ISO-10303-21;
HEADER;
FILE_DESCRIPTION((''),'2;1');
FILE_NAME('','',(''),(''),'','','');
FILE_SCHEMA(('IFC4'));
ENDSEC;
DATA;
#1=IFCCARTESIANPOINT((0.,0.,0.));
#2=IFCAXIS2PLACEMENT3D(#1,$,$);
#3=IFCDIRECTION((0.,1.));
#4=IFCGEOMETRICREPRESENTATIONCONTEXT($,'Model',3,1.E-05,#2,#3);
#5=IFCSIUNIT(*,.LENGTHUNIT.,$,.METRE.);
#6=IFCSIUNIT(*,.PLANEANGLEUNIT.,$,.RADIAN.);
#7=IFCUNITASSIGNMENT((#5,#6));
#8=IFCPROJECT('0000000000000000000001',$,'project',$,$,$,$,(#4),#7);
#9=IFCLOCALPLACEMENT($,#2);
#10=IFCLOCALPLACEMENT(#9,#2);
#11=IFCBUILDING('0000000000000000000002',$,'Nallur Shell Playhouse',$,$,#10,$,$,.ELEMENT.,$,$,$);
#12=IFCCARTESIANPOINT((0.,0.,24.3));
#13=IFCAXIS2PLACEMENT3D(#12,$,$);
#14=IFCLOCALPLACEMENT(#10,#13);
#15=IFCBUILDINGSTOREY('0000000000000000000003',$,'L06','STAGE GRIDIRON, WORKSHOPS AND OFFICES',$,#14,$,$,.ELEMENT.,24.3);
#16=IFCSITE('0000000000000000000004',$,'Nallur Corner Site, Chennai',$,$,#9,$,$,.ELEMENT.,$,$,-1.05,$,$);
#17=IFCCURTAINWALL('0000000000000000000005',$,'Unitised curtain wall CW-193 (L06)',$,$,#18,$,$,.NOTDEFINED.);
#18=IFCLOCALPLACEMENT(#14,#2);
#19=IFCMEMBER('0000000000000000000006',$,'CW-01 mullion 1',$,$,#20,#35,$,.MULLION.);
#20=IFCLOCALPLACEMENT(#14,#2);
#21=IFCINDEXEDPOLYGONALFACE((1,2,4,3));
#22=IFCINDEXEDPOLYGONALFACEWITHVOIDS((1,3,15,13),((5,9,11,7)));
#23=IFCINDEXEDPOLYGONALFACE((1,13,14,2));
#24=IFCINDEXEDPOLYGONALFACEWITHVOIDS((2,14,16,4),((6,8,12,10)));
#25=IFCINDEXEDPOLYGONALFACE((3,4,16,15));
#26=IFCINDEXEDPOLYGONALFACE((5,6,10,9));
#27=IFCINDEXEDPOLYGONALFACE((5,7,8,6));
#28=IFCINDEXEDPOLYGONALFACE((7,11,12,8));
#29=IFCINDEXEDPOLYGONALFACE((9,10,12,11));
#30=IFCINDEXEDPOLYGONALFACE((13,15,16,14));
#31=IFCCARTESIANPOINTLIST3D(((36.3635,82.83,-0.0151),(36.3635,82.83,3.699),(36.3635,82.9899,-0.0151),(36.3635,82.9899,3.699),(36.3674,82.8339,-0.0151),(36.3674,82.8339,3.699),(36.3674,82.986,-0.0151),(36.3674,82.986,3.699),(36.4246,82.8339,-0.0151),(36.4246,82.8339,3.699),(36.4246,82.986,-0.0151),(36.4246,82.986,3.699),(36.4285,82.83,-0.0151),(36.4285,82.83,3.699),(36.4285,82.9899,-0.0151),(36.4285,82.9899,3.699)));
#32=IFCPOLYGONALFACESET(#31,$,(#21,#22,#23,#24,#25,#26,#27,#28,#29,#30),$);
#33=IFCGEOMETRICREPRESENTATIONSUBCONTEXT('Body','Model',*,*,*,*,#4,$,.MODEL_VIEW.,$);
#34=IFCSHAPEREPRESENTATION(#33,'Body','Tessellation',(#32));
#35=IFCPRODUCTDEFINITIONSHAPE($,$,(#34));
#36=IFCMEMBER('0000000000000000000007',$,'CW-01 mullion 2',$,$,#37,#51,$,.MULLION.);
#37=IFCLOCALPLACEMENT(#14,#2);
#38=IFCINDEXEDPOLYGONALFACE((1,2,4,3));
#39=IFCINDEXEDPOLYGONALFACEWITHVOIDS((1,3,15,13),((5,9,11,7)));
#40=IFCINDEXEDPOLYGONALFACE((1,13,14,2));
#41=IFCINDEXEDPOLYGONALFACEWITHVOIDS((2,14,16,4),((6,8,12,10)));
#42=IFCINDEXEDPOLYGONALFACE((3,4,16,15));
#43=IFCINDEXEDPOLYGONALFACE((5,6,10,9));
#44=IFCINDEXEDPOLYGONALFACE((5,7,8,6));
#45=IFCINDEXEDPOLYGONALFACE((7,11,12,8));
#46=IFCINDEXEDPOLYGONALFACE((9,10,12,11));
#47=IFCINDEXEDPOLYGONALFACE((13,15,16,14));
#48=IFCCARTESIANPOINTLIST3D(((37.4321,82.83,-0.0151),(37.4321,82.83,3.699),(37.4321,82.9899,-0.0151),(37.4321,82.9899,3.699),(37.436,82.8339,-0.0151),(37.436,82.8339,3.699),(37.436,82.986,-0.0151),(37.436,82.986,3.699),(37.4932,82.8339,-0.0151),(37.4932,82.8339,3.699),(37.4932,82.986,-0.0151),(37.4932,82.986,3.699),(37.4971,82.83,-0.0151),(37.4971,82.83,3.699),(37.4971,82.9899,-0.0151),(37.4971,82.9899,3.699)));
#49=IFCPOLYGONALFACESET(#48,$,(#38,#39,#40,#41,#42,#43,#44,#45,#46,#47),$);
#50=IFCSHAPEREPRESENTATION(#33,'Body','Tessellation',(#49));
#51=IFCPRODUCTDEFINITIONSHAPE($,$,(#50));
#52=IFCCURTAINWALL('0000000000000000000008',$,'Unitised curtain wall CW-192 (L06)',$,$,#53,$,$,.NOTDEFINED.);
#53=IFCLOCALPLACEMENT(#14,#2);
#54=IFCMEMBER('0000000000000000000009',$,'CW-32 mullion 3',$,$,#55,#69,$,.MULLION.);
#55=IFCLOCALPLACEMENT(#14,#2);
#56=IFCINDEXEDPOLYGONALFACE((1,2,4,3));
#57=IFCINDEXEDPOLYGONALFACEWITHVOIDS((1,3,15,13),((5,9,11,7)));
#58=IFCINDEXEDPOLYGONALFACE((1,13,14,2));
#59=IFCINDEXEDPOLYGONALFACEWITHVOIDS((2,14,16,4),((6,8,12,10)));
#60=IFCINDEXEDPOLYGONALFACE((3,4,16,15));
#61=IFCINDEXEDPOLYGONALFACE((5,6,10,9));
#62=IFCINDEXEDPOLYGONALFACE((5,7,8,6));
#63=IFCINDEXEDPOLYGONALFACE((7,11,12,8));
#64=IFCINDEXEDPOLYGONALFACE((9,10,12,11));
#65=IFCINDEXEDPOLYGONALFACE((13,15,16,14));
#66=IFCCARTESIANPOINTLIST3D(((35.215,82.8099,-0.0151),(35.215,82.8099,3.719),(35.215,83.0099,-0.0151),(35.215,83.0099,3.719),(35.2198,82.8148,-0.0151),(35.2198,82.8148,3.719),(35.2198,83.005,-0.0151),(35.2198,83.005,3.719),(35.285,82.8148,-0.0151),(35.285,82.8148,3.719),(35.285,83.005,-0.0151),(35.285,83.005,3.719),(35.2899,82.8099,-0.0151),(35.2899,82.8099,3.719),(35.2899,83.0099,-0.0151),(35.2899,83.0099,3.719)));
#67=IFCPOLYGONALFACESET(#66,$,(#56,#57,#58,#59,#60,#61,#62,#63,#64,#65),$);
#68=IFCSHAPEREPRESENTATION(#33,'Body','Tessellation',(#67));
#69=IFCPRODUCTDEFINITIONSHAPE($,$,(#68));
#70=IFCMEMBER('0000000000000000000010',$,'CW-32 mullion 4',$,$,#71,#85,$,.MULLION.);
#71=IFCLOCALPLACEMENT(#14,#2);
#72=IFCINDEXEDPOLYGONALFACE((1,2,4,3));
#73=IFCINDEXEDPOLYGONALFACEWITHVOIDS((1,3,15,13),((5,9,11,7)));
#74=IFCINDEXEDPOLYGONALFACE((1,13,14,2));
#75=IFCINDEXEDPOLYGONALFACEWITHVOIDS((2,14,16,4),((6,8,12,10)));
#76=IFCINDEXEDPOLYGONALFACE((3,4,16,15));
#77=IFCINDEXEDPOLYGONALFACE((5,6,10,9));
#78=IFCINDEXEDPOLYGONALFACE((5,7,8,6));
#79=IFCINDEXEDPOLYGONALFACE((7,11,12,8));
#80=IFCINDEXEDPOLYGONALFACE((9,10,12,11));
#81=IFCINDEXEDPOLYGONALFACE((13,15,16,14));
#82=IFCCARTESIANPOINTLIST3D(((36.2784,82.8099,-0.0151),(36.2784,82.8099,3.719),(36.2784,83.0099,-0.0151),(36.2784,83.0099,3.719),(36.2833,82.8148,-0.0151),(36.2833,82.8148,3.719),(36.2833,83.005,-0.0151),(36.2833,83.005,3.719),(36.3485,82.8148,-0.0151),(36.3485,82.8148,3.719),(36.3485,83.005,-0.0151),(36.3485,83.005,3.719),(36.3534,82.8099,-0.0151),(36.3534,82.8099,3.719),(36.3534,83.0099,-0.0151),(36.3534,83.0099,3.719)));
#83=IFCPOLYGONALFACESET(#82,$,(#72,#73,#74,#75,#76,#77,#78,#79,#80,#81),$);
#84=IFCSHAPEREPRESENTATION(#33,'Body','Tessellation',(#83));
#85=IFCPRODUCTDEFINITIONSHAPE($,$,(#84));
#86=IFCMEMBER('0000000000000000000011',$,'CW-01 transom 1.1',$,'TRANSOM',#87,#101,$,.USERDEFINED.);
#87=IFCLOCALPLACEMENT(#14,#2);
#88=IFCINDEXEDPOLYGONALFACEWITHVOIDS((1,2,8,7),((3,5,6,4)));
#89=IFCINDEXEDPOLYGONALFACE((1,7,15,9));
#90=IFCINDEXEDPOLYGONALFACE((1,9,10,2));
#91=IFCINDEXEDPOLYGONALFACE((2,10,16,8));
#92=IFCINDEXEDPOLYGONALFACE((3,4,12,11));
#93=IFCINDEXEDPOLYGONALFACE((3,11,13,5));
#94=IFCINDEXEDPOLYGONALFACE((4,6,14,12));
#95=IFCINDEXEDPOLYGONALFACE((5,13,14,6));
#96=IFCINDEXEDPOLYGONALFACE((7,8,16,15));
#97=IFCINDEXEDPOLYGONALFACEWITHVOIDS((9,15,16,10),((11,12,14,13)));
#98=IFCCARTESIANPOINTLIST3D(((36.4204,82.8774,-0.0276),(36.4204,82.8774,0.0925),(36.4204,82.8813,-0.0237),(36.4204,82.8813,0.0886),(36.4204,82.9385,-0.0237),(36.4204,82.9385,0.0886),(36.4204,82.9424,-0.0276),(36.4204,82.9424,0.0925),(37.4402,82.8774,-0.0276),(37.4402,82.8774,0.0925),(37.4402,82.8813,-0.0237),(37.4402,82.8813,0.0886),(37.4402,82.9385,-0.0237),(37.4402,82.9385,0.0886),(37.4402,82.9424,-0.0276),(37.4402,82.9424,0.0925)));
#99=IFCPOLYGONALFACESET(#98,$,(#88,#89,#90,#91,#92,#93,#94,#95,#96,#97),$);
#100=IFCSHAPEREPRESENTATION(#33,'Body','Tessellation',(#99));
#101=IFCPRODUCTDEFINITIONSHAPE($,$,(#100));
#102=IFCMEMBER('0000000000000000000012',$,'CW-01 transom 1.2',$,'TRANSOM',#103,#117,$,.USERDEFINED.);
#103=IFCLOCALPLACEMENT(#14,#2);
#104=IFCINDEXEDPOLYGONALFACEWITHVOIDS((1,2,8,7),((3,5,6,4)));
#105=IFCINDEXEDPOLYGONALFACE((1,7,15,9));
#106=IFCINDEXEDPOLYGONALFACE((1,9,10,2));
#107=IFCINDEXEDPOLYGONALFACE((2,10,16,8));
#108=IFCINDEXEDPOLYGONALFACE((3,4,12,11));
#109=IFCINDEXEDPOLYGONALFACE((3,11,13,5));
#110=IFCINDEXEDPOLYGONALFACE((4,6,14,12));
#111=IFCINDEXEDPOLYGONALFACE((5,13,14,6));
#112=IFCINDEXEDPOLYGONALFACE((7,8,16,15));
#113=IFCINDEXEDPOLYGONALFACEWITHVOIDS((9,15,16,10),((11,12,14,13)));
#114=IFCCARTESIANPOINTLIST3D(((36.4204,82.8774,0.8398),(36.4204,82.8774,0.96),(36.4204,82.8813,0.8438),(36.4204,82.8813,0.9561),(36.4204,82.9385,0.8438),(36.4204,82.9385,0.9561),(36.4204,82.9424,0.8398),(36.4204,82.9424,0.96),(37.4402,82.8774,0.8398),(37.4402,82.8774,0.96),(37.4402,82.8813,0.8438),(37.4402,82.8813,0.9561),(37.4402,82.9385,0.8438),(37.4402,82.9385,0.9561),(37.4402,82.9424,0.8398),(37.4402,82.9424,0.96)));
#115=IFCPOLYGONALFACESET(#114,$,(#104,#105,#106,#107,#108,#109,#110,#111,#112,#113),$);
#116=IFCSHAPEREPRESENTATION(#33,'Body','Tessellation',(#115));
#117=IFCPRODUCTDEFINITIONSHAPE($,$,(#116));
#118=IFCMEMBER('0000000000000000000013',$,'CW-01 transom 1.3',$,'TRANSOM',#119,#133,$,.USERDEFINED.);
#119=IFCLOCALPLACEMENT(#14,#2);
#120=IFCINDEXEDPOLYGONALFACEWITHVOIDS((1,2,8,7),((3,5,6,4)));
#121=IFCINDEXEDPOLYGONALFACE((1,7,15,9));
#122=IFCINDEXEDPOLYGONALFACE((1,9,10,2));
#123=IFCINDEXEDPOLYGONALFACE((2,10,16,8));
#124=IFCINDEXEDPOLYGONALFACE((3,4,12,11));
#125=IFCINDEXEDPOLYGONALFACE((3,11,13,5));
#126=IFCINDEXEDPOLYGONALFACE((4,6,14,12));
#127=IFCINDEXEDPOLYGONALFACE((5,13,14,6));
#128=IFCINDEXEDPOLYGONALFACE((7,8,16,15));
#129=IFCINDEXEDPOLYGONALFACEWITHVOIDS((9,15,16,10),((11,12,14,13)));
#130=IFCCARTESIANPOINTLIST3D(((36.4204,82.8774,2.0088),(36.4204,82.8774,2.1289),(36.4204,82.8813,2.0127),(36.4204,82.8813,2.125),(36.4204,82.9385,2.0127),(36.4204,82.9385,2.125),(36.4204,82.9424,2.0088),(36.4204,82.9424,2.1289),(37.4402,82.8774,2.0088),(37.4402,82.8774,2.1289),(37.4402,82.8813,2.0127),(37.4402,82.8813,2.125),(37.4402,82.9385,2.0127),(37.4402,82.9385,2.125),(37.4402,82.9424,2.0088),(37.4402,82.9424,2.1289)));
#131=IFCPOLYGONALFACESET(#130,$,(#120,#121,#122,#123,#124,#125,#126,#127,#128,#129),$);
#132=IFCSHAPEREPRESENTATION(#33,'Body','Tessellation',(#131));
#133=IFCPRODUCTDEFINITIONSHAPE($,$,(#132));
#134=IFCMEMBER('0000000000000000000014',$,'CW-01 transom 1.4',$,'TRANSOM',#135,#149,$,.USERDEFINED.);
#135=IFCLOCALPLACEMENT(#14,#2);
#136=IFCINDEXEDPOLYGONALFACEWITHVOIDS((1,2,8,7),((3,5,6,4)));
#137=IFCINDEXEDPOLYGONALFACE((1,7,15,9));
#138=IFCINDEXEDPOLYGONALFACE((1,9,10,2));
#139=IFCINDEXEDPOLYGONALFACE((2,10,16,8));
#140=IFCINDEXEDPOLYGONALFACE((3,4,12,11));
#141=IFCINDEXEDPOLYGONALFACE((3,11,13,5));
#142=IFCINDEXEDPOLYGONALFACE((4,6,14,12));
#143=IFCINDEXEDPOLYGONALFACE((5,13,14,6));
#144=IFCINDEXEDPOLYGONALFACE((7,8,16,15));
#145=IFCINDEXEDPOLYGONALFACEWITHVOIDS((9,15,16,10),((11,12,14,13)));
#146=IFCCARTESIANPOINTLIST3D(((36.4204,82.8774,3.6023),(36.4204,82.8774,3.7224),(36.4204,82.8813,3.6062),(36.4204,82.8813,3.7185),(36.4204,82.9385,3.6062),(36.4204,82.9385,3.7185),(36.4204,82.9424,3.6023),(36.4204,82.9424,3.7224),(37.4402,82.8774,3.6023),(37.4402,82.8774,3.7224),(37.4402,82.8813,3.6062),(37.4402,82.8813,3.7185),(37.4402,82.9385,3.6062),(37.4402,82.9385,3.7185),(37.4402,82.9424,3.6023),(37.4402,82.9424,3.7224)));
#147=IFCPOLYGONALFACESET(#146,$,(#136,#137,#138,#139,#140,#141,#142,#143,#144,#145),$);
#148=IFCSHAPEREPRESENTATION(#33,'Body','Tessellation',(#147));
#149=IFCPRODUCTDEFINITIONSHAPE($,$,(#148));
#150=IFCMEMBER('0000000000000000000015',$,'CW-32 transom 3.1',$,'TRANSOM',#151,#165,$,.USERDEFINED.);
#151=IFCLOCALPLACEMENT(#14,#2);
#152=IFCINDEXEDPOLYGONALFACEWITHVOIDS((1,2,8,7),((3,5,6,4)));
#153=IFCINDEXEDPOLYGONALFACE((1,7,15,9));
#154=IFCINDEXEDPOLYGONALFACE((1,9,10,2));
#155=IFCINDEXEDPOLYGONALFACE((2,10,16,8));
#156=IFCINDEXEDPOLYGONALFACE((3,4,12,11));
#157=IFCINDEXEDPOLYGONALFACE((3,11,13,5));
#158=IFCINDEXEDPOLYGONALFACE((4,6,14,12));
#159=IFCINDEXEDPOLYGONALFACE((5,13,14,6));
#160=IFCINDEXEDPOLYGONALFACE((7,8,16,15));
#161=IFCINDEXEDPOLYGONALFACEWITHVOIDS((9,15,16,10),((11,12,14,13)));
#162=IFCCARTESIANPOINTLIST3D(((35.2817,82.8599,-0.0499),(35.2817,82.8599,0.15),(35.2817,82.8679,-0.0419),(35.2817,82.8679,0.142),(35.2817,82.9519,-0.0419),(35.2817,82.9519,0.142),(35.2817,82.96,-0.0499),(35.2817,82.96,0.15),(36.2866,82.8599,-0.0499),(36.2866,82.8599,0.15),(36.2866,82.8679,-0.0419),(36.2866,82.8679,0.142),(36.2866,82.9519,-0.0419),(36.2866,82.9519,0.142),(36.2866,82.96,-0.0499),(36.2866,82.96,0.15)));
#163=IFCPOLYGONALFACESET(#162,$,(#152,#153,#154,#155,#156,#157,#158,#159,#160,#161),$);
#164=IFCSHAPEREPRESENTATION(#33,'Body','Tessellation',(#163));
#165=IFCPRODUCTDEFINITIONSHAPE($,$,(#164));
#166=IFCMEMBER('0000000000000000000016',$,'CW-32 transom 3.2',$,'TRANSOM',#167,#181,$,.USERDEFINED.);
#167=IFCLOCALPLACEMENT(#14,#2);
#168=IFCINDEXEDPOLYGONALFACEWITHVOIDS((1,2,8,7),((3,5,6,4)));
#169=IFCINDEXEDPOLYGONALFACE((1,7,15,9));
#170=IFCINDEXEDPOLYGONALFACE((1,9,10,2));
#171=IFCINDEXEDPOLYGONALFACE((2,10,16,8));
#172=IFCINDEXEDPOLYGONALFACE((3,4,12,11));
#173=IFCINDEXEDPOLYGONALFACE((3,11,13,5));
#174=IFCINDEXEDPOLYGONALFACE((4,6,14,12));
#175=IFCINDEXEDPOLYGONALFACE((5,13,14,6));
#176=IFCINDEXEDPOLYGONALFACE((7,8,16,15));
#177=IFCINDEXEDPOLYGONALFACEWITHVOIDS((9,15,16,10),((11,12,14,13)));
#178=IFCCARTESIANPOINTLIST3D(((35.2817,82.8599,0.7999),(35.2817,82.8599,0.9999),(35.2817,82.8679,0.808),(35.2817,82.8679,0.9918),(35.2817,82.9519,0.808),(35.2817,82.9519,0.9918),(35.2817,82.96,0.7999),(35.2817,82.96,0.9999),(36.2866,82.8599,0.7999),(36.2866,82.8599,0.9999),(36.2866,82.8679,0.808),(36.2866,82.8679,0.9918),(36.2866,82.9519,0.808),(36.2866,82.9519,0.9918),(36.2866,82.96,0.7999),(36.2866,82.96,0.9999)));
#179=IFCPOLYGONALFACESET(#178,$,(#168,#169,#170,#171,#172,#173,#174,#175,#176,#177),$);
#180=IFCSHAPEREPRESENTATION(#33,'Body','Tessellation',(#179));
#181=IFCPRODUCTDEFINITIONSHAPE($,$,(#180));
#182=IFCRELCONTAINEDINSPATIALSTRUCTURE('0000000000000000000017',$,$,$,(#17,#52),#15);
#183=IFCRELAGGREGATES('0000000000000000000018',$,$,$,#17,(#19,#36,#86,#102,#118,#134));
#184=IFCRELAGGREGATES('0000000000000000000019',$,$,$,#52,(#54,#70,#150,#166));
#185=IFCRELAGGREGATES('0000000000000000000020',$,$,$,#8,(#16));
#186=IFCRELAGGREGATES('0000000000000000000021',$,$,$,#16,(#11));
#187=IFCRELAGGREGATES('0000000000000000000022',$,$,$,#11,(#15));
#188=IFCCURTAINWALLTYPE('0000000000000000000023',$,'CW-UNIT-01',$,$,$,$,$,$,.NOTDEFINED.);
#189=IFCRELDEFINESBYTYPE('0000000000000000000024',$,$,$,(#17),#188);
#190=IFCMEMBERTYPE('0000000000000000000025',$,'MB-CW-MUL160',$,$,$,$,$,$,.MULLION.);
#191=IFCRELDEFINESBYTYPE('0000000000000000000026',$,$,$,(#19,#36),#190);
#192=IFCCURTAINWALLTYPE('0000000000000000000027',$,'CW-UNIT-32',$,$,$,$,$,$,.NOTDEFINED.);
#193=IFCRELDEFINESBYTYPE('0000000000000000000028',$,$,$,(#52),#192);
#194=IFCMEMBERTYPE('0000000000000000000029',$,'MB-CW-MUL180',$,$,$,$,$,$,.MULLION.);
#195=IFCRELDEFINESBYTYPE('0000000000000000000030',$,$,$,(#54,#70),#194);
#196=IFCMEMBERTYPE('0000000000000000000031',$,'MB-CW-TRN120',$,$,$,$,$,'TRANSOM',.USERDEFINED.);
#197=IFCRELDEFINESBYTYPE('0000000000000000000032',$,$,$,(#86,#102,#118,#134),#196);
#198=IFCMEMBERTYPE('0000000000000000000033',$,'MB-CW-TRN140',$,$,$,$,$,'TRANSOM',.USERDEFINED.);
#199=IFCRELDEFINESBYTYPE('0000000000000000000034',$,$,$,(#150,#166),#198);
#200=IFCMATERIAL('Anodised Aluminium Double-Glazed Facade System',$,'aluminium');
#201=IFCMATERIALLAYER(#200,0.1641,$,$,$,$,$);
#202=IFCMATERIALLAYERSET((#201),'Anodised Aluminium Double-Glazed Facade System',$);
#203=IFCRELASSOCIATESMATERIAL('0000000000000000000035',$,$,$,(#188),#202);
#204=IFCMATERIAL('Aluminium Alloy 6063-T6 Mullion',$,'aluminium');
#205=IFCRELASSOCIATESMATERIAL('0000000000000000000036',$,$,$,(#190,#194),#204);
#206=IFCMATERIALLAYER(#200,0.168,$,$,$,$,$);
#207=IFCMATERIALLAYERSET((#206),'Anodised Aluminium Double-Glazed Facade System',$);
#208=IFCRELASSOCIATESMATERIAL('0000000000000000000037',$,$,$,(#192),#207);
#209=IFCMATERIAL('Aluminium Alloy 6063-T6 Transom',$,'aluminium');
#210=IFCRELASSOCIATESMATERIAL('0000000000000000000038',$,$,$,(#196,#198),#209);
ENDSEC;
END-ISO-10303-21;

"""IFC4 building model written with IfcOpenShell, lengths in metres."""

from ifc_helpers import new_model, si_unit, direction, frame, origin, origin_2d, place, context, subcontext, project, spatial, hollow_rectangle, extrude, material, layer, layer_set, material_profile, profile_set, type_object, element, aggregate, save


model = new_model("IFC4")

# Units and contexts
model_context = context("Model", 3, precision=1e-05, world=origin(), true_north=direction((0.0, 1.0)))
body_context = subcontext(model_context, "Body", "Model", "MODEL_VIEW")
ifc_project = project(units=[si_unit("LENGTHUNIT", "METRE"), si_unit("PLANEANGLEUNIT", "RADIAN")], contexts=[model_context])

# Site, building, storey
site_placement = place(None, origin())
site = spatial("IfcSite", under=ifc_project, at=site_placement, Name="Nallur Corner Site, Chennai", CompositionType="ELEMENT", RefElevation=-1.05)
building_placement = place(site_placement, origin())
building = spatial("IfcBuilding", under=site, at=building_placement, Name="Nallur Shell Playhouse", CompositionType="ELEMENT")
storey_placement = place(building_placement, frame((0.0, 0.0, 24.3)))
storey = spatial("IfcBuildingStorey", under=building, at=storey_placement, Name="L06", Description="STAGE GRIDIRON, WORKSHOPS AND OFFICES", CompositionType="ELEMENT", Elevation=24.3)

# Curtain walls, members
ifc_material_1 = material(Name="Anodised Aluminium Double-Glazed Facade System", Category="aluminium")
ifc_layer_1 = layer(ifc_material_1, 0.1641)
ifc_layer_set_1 = layer_set([ifc_layer_1], Name="Anodised Aluminium Double-Glazed Facade System")
curtain_wall_type_1 = type_object("IfcCurtainWallType", Name="CW-UNIT-01", PredefinedType="NOTDEFINED", material=ifc_layer_set_1)
curtain_wall_1_placement = place(storey_placement, origin())
curtain_wall_1 = element("IfcCurtainWall", 1, at=curtain_wall_1_placement, inside=storey, type_object=curtain_wall_type_1, Name="Unitised curtain wall CW-193 (L06)", PredefinedType="NOTDEFINED")
ifc_material_2 = material(Name="Aluminium Alloy 6063-T6 Mullion", Category="aluminium")
ifc_material_profile_1 = material_profile(ifc_material_2, hollow_rectangle(XDim=0.0649, YDim=0.1599, WallThickness=0.0039, at=origin_2d()), Name="ALU 65x160x4")
ifc_profile_set_1 = profile_set([ifc_material_profile_1], Name="Aluminium Alloy 6063-T6 Mullion")
member_type_1 = type_object("IfcMemberType", Name="MB-CW-MUL160", PredefinedType="MULLION", material=ifc_profile_set_1)
member_1_placement = place(storey_placement, frame((36.396, 82.9099, -0.0151), z_axis=(0.0, 0.0, 1.0), x_axis=(1.0, 0.0, 0.0)))
member_1 = element("IfcMember", 2, at=member_1_placement, type_object=member_type_1, Name="CW-01 mullion 1", PredefinedType="MULLION", context=body_context, shape_type="SweptSolid", body=[
    extrude(hollow_rectangle(XDim=0.0649, YDim=0.1599, WallThickness=0.0039, at=origin_2d()), origin(), (0.0, 0.0, 1.0), 3.7141),
])
member_2_placement = place(storey_placement, frame((37.4646, 82.9099, -0.0151), z_axis=(0.0, 0.0, 1.0), x_axis=(1.0, 0.0, 0.0)))
member_2 = element("IfcMember", 3, at=member_2_placement, type_object=member_type_1, Name="CW-01 mullion 2", PredefinedType="MULLION", context=body_context, shape_type="SweptSolid", body=[
    extrude(hollow_rectangle(XDim=0.0649, YDim=0.1599, WallThickness=0.0039, at=origin_2d()), origin(), (0.0, 0.0, 1.0), 3.7141),
])
ifc_layer_2 = layer(ifc_material_1, 0.168)
ifc_layer_set_2 = layer_set([ifc_layer_2], Name="Anodised Aluminium Double-Glazed Facade System")
curtain_wall_type_2 = type_object("IfcCurtainWallType", Name="CW-UNIT-32", PredefinedType="NOTDEFINED", material=ifc_layer_set_2)
curtain_wall_2_placement = place(storey_placement, origin())
curtain_wall_2 = element("IfcCurtainWall", 4, at=curtain_wall_2_placement, inside=storey, type_object=curtain_wall_type_2, Name="Unitised curtain wall CW-192 (L06)", PredefinedType="NOTDEFINED")
ifc_material_profile_2 = material_profile(ifc_material_2, hollow_rectangle(XDim=0.075, YDim=0.2, WallThickness=0.0049, at=origin_2d()), Name="ALU 75x200x5")
ifc_profile_set_2 = profile_set([ifc_material_profile_2], Name="Aluminium Alloy 6063-T6 Mullion")
member_type_2 = type_object("IfcMemberType", Name="MB-CW-MUL180", PredefinedType="MULLION", material=ifc_profile_set_2)
member_3_placement = place(storey_placement, frame((35.2524, 82.9099, -0.0151), z_axis=(0.0, 0.0, 1.0), x_axis=(1.0, 0.0, 0.0)))
member_3 = element("IfcMember", 5, at=member_3_placement, type_object=member_type_2, Name="CW-32 mullion 3", PredefinedType="MULLION", context=body_context, shape_type="SweptSolid", body=[
    extrude(hollow_rectangle(XDim=0.075, YDim=0.2, WallThickness=0.0049, at=origin_2d()), origin(), (0.0, 0.0, 1.0), 3.7341),
])
member_4_placement = place(storey_placement, frame((36.3159, 82.9099, -0.0151), z_axis=(0.0, 0.0, 1.0), x_axis=(1.0, 0.0, 0.0)))
member_4 = element("IfcMember", 6, at=member_4_placement, type_object=member_type_2, Name="CW-32 mullion 4", PredefinedType="MULLION", context=body_context, shape_type="SweptSolid", body=[
    extrude(hollow_rectangle(XDim=0.075, YDim=0.2, WallThickness=0.0049, at=origin_2d()), origin(), (0.0, 0.0, 1.0), 3.7341),
])

# Members
ifc_material_3 = material(Name="Aluminium Alloy 6063-T6 Transom", Category="aluminium")
ifc_material_profile_3 = material_profile(ifc_material_3, hollow_rectangle(XDim=0.0649, YDim=0.1201, WallThickness=0.0039, at=origin_2d()), Name="ALU 65x120x4")
ifc_profile_set_3 = profile_set([ifc_material_profile_3], Name="Aluminium Alloy 6063-T6 Transom")
member_type_3 = type_object("IfcMemberType", Name="MB-CW-TRN120", ElementType="TRANSOM", PredefinedType="USERDEFINED", material=ifc_profile_set_3)
member_5_placement = place(storey_placement, frame((36.4204, 82.9099, 0.0325), z_axis=(1.0, 0.0, 0.0), x_axis=(0.0, 1.0, 0.0)))
member_5 = element("IfcMember", 7, at=member_5_placement, type_object=member_type_3, Name="CW-01 transom 1.1", ObjectType="TRANSOM", PredefinedType="USERDEFINED", context=body_context, shape_type="SweptSolid", body=[
    extrude(hollow_rectangle(XDim=0.0649, YDim=0.1201, WallThickness=0.0039, at=origin_2d()), origin(), (0.0, 0.0, 1.0), 1.0198),
])
member_6_placement = place(storey_placement, frame((36.4204, 82.9099, 0.8999), z_axis=(1.0, 0.0, 0.0), x_axis=(0.0, 1.0, 0.0)))
member_6 = element("IfcMember", 8, at=member_6_placement, type_object=member_type_3, Name="CW-01 transom 1.2", ObjectType="TRANSOM", PredefinedType="USERDEFINED", context=body_context, shape_type="SweptSolid", body=[
    extrude(hollow_rectangle(XDim=0.0649, YDim=0.1201, WallThickness=0.0039, at=origin_2d()), origin(), (0.0, 0.0, 1.0), 1.0198),
])
member_7_placement = place(storey_placement, frame((36.4204, 82.9099, 2.0688), z_axis=(1.0, 0.0, 0.0), x_axis=(0.0, 1.0, 0.0)))
member_7 = element("IfcMember", 9, at=member_7_placement, type_object=member_type_3, Name="CW-01 transom 1.3", ObjectType="TRANSOM", PredefinedType="USERDEFINED", context=body_context, shape_type="SweptSolid", body=[
    extrude(hollow_rectangle(XDim=0.0649, YDim=0.1201, WallThickness=0.0039, at=origin_2d()), origin(), (0.0, 0.0, 1.0), 1.0198),
])
member_8_placement = place(storey_placement, frame((36.4204, 82.9099, 3.6624), z_axis=(1.0, 0.0, 0.0), x_axis=(0.0, 1.0, 0.0)))
member_8 = element("IfcMember", 10, at=member_8_placement, type_object=member_type_3, Name="CW-01 transom 1.4", ObjectType="TRANSOM", PredefinedType="USERDEFINED", context=body_context, shape_type="SweptSolid", body=[
    extrude(hollow_rectangle(XDim=0.0649, YDim=0.1201, WallThickness=0.0039, at=origin_2d()), origin(), (0.0, 0.0, 1.0), 1.0198),
])
ifc_material_profile_4 = material_profile(ifc_material_3, hollow_rectangle(XDim=0.1001, YDim=0.2, WallThickness=0.0081, at=origin_2d()), Name="RHS 200x100x8")
ifc_profile_set_4 = profile_set([ifc_material_profile_4], Name="Aluminium Alloy 6063-T6 Transom")
member_type_4 = type_object("IfcMemberType", Name="MB-CW-TRN140", ElementType="TRANSOM", PredefinedType="USERDEFINED", material=ifc_profile_set_4)
member_9_placement = place(storey_placement, frame((35.2817, 82.9099, 0.05), z_axis=(1.0, 0.0, 0.0), x_axis=(0.0, 1.0, 0.0)))
member_9 = element("IfcMember", 11, at=member_9_placement, type_object=member_type_4, Name="CW-32 transom 3.1", ObjectType="TRANSOM", PredefinedType="USERDEFINED", context=body_context, shape_type="SweptSolid", body=[
    extrude(hollow_rectangle(XDim=0.1001, YDim=0.2, WallThickness=0.0081, at=origin_2d()), origin(), (0.0, 0.0, 1.0), 1.0049),
])
member_10_placement = place(storey_placement, frame((35.2817, 82.9099, 0.8999), z_axis=(1.0, 0.0, 0.0), x_axis=(0.0, 1.0, 0.0)))
member_10 = element("IfcMember", 12, at=member_10_placement, type_object=member_type_4, Name="CW-32 transom 3.2", ObjectType="TRANSOM", PredefinedType="USERDEFINED", context=body_context, shape_type="SweptSolid", body=[
    extrude(hollow_rectangle(XDim=0.1001, YDim=0.2, WallThickness=0.0081, at=origin_2d()), origin(), (0.0, 0.0, 1.0), 1.0049),
])

aggregate(curtain_wall_1, [member_1, member_2, member_5, member_6, member_7, member_8])
aggregate(curtain_wall_2, [member_3, member_4, member_9, member_10])

save(model, "model.ifc")
